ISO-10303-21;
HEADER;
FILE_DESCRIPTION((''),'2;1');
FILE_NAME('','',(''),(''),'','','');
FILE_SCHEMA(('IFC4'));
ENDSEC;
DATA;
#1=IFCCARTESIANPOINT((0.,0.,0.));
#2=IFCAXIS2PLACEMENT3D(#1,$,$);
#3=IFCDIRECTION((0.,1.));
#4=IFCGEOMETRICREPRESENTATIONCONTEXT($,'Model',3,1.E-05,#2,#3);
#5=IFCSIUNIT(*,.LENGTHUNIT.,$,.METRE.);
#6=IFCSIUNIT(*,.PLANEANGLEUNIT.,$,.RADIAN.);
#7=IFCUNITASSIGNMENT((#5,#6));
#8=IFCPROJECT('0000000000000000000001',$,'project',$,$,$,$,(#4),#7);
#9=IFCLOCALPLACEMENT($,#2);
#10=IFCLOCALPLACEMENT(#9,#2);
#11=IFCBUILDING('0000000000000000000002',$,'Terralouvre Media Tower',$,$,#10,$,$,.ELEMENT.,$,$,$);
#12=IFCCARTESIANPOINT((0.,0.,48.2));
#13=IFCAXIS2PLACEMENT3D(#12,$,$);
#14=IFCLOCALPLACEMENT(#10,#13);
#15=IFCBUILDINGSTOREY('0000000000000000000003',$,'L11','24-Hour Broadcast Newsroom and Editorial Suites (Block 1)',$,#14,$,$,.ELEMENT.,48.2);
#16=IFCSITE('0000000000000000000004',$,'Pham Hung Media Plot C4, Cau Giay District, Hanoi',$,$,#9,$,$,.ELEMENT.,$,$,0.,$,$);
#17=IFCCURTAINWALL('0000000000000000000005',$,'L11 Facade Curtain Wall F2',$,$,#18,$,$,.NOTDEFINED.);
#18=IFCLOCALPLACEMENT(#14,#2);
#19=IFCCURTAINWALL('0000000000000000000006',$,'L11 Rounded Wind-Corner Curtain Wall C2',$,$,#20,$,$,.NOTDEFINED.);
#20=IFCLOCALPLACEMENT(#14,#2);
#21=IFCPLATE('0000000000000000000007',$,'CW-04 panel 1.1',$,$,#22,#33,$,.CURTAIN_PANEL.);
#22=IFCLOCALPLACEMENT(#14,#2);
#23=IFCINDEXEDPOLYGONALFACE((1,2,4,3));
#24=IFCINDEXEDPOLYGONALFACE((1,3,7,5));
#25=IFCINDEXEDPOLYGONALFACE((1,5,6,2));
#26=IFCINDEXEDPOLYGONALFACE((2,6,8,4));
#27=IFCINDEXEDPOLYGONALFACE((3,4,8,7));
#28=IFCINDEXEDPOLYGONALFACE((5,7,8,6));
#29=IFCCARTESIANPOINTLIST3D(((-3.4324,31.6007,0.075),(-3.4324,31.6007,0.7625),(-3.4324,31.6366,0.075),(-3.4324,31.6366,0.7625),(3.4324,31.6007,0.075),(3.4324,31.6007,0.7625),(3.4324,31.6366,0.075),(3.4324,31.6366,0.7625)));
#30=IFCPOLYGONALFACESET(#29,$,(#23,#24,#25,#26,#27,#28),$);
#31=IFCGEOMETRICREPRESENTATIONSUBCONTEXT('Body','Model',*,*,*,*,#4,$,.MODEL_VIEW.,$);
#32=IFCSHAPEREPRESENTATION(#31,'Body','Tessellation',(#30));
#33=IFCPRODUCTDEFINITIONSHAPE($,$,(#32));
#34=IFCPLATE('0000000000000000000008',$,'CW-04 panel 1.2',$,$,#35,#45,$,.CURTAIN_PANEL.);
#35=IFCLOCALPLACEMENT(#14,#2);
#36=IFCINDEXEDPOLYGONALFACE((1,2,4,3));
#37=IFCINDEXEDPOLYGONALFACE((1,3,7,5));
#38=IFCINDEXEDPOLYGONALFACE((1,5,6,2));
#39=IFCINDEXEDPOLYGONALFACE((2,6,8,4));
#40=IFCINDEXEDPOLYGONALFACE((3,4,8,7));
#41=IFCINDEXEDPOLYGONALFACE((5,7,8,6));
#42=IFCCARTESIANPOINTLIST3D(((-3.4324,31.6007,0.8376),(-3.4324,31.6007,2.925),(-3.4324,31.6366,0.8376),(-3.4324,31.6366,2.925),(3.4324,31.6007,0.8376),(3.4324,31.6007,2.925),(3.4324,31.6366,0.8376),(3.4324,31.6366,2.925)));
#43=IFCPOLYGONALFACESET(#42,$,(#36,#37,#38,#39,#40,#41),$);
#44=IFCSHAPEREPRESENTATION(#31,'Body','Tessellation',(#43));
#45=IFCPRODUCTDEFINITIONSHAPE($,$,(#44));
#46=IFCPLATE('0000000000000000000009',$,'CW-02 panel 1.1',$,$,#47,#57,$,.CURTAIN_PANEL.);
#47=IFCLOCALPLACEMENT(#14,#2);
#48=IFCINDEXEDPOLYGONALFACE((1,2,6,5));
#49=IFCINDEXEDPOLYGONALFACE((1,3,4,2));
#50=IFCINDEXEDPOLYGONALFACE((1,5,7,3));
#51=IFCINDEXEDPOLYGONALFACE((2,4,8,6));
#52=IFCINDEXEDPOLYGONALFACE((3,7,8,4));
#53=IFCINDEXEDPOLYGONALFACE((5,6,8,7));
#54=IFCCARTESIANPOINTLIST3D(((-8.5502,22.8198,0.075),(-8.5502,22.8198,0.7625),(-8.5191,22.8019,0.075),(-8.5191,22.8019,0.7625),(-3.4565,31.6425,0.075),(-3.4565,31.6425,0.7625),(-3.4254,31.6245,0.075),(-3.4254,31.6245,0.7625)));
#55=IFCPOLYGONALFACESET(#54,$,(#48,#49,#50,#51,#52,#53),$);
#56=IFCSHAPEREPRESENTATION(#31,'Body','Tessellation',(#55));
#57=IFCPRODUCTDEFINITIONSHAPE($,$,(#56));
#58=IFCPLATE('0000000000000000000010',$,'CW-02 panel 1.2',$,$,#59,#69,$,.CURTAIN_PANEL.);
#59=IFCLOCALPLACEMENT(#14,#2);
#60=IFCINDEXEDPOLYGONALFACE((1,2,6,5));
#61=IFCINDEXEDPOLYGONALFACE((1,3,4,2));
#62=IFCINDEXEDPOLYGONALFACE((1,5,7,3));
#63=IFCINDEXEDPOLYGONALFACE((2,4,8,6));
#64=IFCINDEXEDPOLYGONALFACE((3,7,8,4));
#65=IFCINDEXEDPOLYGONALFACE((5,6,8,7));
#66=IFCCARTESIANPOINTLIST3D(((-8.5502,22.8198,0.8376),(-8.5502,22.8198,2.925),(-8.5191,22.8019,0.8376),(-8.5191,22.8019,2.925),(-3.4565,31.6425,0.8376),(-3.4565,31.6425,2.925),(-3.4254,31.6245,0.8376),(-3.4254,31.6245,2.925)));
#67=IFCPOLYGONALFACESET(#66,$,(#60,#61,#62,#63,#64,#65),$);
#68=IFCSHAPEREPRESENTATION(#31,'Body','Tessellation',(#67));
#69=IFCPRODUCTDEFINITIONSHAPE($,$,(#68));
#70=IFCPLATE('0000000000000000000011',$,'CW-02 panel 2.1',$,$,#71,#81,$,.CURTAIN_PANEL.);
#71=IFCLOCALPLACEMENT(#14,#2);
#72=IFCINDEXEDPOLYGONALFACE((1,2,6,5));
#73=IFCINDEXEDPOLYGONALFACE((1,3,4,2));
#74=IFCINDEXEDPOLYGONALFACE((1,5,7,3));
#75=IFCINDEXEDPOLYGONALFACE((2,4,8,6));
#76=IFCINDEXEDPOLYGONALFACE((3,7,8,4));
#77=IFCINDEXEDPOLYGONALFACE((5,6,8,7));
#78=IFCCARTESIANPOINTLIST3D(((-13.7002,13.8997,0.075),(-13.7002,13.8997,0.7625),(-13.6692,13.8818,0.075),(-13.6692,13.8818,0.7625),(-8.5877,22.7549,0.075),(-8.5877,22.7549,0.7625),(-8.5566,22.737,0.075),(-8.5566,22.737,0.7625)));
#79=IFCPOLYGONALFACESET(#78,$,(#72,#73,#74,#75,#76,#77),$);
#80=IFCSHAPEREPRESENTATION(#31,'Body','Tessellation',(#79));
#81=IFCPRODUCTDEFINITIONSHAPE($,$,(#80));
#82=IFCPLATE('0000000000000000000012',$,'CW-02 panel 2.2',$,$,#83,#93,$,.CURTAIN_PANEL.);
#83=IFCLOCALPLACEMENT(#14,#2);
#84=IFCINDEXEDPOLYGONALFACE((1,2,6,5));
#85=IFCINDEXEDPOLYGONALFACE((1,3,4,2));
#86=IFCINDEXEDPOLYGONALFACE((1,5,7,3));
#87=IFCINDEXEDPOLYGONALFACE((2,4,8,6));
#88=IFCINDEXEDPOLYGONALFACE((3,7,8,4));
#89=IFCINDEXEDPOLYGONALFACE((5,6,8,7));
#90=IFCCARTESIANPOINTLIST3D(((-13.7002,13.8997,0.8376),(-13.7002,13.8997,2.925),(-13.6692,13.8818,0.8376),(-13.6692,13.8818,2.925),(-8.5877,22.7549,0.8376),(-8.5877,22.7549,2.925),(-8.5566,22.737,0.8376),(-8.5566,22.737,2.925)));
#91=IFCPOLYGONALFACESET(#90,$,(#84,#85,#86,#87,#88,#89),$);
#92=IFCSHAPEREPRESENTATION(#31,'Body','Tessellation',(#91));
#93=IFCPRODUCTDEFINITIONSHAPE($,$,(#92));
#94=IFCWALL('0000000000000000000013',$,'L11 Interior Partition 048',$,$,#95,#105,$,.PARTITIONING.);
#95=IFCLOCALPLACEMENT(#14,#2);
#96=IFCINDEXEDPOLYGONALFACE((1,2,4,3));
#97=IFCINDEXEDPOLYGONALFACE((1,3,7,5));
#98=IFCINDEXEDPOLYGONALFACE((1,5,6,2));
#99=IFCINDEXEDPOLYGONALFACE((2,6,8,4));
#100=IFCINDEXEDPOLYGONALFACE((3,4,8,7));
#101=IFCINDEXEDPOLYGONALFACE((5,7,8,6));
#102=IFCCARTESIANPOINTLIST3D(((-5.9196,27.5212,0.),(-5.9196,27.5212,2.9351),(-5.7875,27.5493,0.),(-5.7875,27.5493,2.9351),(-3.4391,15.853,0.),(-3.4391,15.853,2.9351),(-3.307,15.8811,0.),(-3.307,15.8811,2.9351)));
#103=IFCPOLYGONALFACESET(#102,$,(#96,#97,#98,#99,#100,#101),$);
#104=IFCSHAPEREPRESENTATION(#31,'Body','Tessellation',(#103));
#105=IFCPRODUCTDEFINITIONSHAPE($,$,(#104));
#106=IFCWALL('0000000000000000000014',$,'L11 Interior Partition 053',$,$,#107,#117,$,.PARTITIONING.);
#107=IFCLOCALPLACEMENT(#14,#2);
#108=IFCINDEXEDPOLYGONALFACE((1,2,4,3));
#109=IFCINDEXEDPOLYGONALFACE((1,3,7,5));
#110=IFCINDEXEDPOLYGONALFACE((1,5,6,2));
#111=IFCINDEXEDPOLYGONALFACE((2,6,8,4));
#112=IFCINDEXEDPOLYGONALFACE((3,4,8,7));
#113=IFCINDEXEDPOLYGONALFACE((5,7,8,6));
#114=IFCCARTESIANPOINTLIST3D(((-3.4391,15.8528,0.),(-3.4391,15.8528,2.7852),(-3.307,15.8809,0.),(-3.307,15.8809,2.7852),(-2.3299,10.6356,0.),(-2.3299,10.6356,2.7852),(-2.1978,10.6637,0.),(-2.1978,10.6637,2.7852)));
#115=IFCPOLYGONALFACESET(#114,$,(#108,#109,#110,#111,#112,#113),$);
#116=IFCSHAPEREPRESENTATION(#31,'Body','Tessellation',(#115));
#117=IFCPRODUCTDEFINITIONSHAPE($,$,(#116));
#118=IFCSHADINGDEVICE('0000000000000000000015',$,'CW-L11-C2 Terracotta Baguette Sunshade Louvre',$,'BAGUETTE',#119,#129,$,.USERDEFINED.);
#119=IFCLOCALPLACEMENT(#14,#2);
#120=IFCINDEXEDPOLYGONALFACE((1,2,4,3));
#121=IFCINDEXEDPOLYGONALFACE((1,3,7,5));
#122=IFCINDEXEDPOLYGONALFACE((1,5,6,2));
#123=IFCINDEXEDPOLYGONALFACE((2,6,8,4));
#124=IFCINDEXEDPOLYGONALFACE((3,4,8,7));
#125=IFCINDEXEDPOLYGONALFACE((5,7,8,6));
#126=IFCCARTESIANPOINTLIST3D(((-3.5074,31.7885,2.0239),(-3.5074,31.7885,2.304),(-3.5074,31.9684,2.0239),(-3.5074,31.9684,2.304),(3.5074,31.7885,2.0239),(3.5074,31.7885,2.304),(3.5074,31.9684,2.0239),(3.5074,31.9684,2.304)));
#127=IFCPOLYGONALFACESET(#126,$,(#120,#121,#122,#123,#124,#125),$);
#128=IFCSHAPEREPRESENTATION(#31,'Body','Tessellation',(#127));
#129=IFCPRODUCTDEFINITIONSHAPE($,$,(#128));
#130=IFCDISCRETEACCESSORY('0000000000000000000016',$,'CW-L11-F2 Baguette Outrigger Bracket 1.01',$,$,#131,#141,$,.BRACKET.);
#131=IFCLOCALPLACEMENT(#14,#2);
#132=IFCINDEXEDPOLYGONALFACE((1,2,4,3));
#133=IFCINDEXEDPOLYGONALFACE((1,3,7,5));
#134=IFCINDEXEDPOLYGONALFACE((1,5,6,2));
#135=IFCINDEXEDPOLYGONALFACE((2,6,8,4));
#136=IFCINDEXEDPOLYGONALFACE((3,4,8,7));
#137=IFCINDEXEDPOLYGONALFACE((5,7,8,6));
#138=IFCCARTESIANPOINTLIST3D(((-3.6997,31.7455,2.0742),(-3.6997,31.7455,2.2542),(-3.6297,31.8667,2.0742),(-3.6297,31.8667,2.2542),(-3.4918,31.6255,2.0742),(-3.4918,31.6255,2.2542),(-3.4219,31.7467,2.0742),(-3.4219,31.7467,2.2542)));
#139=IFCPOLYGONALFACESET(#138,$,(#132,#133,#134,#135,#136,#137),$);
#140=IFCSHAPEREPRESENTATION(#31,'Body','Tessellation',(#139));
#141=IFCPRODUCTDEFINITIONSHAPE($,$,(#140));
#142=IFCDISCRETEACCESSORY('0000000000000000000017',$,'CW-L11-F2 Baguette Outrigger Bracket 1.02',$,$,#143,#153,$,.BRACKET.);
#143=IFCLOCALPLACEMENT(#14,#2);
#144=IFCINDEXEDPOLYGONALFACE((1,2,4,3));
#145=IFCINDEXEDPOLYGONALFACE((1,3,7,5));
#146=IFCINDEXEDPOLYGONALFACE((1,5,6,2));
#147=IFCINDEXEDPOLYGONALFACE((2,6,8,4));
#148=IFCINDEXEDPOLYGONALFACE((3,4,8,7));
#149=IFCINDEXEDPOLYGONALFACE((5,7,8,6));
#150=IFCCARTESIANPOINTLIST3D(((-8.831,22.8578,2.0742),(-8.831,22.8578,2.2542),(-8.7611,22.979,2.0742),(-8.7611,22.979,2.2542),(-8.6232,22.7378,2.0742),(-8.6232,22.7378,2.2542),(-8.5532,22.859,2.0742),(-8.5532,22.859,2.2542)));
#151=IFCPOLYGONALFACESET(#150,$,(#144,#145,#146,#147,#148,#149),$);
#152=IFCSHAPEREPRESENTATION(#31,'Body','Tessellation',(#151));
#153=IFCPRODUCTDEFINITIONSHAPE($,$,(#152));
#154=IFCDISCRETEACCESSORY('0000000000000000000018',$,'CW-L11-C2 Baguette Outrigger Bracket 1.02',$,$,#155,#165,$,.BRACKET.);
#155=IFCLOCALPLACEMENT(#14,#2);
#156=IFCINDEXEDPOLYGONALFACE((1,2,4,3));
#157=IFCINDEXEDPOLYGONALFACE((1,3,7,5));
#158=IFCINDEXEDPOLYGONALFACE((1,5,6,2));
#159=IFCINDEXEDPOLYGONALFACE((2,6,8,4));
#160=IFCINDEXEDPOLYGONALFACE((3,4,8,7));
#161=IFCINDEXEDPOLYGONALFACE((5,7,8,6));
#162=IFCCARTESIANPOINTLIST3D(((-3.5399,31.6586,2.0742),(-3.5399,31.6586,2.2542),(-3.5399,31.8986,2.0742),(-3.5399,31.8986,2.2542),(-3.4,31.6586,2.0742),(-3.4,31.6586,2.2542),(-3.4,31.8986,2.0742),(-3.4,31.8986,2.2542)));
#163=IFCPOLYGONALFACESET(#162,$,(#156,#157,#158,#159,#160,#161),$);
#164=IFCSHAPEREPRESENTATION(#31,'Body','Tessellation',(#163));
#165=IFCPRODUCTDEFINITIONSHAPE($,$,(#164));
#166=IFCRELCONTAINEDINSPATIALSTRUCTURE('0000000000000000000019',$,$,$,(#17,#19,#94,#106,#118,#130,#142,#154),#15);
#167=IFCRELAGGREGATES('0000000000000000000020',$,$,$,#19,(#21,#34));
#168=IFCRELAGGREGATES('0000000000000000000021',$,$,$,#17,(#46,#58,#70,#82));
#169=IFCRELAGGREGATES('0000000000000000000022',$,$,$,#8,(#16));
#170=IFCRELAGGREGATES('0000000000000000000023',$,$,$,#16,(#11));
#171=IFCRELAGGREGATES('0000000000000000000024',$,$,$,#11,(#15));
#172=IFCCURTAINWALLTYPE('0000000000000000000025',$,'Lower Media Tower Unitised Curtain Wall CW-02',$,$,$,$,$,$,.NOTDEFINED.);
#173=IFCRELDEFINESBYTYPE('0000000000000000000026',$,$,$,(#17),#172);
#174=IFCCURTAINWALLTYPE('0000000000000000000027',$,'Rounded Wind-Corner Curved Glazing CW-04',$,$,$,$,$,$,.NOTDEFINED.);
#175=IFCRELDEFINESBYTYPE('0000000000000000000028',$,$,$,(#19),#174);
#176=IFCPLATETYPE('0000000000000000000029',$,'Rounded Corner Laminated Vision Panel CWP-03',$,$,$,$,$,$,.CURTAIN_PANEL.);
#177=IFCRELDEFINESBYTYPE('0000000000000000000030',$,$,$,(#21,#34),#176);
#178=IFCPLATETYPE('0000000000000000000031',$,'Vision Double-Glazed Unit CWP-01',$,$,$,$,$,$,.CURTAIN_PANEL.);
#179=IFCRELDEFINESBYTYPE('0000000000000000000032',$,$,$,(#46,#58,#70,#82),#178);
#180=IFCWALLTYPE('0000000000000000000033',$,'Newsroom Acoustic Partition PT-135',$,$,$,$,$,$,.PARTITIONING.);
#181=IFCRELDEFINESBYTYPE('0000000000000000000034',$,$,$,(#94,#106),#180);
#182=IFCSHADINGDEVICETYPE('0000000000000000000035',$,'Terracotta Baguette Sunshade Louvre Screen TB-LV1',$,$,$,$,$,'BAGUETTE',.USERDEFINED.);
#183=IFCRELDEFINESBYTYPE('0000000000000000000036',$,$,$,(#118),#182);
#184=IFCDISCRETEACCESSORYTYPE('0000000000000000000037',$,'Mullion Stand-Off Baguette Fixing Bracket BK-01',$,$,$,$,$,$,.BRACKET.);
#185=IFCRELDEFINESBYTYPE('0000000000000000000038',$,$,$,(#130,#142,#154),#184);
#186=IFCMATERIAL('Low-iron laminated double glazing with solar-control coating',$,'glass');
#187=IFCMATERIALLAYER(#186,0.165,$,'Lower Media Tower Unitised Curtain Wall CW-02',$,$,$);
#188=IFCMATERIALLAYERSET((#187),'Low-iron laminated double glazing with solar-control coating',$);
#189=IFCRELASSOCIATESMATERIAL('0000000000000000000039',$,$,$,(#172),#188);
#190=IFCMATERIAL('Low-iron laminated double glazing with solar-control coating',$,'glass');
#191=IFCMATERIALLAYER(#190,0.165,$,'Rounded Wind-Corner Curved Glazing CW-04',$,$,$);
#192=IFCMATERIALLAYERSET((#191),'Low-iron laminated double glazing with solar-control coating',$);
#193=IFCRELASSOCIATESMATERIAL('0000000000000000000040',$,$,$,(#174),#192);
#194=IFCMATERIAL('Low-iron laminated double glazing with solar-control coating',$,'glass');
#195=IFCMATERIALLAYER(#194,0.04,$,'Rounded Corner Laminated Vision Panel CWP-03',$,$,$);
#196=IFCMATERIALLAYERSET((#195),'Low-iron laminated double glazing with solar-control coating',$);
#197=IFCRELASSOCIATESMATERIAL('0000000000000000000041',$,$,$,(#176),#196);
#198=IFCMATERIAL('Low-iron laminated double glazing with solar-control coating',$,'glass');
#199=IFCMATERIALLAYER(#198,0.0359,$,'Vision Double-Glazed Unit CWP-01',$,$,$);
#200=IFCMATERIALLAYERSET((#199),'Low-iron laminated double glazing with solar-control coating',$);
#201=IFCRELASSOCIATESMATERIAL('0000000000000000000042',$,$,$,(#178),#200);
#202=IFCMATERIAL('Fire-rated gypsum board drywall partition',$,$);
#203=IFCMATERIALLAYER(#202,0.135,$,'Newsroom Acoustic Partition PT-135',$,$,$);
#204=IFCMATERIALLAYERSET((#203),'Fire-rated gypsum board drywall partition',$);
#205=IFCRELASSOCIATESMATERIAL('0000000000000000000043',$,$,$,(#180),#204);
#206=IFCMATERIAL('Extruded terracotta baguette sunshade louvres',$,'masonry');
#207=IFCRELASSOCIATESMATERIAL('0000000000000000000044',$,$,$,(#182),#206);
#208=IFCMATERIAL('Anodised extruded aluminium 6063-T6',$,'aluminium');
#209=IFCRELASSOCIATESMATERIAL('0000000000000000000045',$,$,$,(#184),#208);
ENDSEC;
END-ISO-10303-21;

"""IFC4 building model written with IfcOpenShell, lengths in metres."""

from ifc_helpers import new_model, si_unit, direction, frame, frame_2d, origin, origin_2d, place, context, subcontext, project, spatial, rectangle, extrude, material, layer, layer_set, type_object, element, aggregate, save


model = new_model("IFC4")

# Units and contexts
model_context = context("Model", 3, precision=1e-05, world=origin(), true_north=direction((0.0, 1.0)))
body_context = subcontext(model_context, "Body", "Model", "MODEL_VIEW")
ifc_project = project(units=[si_unit("LENGTHUNIT", "METRE"), si_unit("PLANEANGLEUNIT", "RADIAN")], contexts=[model_context])

# Site, building, storey
site_placement = place(None, origin())
site = spatial("IfcSite", under=ifc_project, at=site_placement, Name="Pham Hung Media Plot C4, Cau Giay District, Hanoi", CompositionType="ELEMENT", RefElevation=0.0)
building_placement = place(site_placement, origin())
building = spatial("IfcBuilding", under=site, at=building_placement, Name="Terralouvre Media Tower", CompositionType="ELEMENT")
storey_placement = place(building_placement, frame((0.0, 0.0, 48.2)))
storey = spatial("IfcBuildingStorey", under=building, at=storey_placement, Name="L11", Description="24-Hour Broadcast Newsroom and Editorial Suites (Block 1)", CompositionType="ELEMENT", Elevation=48.2)

# Curtain wall
ifc_material_1 = material(Name="Low-iron laminated double glazing with solar-control coating", Category="glass")
ifc_layer_1 = layer(ifc_material_1, 0.165, Name="Lower Media Tower Unitised Curtain Wall CW-02")
ifc_layer_set_1 = layer_set([ifc_layer_1], Name="Low-iron laminated double glazing with solar-control coating")
curtain_wall_type_1 = type_object("IfcCurtainWallType", Name="Lower Media Tower Unitised Curtain Wall CW-02", PredefinedType="NOTDEFINED", material=ifc_layer_set_1)
curtain_wall_1_placement = place(storey_placement, origin())
curtain_wall_1 = element("IfcCurtainWall", 1, at=curtain_wall_1_placement, inside=storey, type_object=curtain_wall_type_1, Name="L11 Facade Curtain Wall F2", PredefinedType="NOTDEFINED")

# Curtain wall
ifc_material_2 = material(Name="Low-iron laminated double glazing with solar-control coating", Category="glass")
ifc_layer_2 = layer(ifc_material_2, 0.165, Name="Rounded Wind-Corner Curved Glazing CW-04")
ifc_layer_set_2 = layer_set([ifc_layer_2], Name="Low-iron laminated double glazing with solar-control coating")
curtain_wall_type_2 = type_object("IfcCurtainWallType", Name="Rounded Wind-Corner Curved Glazing CW-04", PredefinedType="NOTDEFINED", material=ifc_layer_set_2)
curtain_wall_2_placement = place(storey_placement, origin())
curtain_wall_2 = element("IfcCurtainWall", 2, at=curtain_wall_2_placement, inside=storey, type_object=curtain_wall_type_2, Name="L11 Rounded Wind-Corner Curtain Wall C2", PredefinedType="NOTDEFINED")

# Plates
ifc_material_3 = material(Name="Low-iron laminated double glazing with solar-control coating", Category="glass")
ifc_layer_3 = layer(ifc_material_3, 0.04, Name="Rounded Corner Laminated Vision Panel CWP-03")
ifc_layer_set_3 = layer_set([ifc_layer_3], Name="Low-iron laminated double glazing with solar-control coating")
plate_type_1 = type_object("IfcPlateType", Name="Rounded Corner Laminated Vision Panel CWP-03", PredefinedType="CURTAIN_PANEL", material=ifc_layer_set_3)
plate_1_placement = place(storey_placement, frame((0.0, 31.6187, 0.075), z_axis=(0.0, 0.0, 1.0), x_axis=(-1.0, 0.0, 0.0)))
plate_1 = element("IfcPlate", 3, at=plate_1_placement, type_object=plate_type_1, Name="CW-04 panel 1.1", PredefinedType="CURTAIN_PANEL", context=body_context, shape_type="SweptSolid", body=[
    extrude(rectangle(XDim=6.8647, YDim=0.0359, at=origin_2d()), origin(), (0.0, 0.0, 1.0), 0.6875),
])
plate_2_placement = place(storey_placement, frame((0.0, 31.6187, 0.8376), z_axis=(0.0, 0.0, 1.0), x_axis=(-1.0, 0.0, 0.0)))
plate_2 = element("IfcPlate", 4, at=plate_2_placement, type_object=plate_type_1, Name="CW-04 panel 1.2", PredefinedType="CURTAIN_PANEL", context=body_context, shape_type="SweptSolid", body=[
    extrude(rectangle(XDim=6.8647, YDim=0.0359, at=origin_2d()), origin(), (0.0, 0.0, 1.0), 2.0874),
])
aggregate(curtain_wall_2, [plate_1, plate_2])
ifc_material_4 = material(Name="Low-iron laminated double glazing with solar-control coating", Category="glass")
ifc_layer_4 = layer(ifc_material_4, 0.0359, Name="Vision Double-Glazed Unit CWP-01")
ifc_layer_set_4 = layer_set([ifc_layer_4], Name="Low-iron laminated double glazing with solar-control coating")
plate_type_2 = type_object("IfcPlateType", Name="Vision Double-Glazed Unit CWP-01", PredefinedType="CURTAIN_PANEL", material=ifc_layer_set_4)
plate_3_placement = place(storey_placement, frame((-5.9878, 27.2222, 0.075), z_axis=(0.0, 0.0, 1.0), x_axis=(-0.5, -0.866025, 0.0)))
plate_3 = element("IfcPlate", 5, at=plate_3_placement, type_object=plate_type_2, Name="CW-02 panel 1.1", PredefinedType="CURTAIN_PANEL", context=body_context, shape_type="SweptSolid", body=[
    extrude(rectangle(XDim=10.1875, YDim=0.0359, at=origin_2d()), origin(), (0.0, 0.0, 1.0), 0.6875),
])
plate_4_placement = place(storey_placement, frame((-5.9878, 27.2222, 0.8376), z_axis=(0.0, 0.0, 1.0), x_axis=(-0.5, -0.866025, 0.0)))
plate_4 = element("IfcPlate", 6, at=plate_4_placement, type_object=plate_type_2, Name="CW-02 panel 1.2", PredefinedType="CURTAIN_PANEL", context=body_context, shape_type="SweptSolid", body=[
    extrude(rectangle(XDim=10.1875, YDim=0.0359, at=origin_2d()), origin(), (0.0, 0.0, 1.0), 2.0874),
])
plate_5_placement = place(storey_placement, frame((-11.1284, 18.3184, 0.075), z_axis=(0.0, 0.0, 1.0), x_axis=(-0.5, -0.866025, 0.0)))
plate_5 = element("IfcPlate", 7, at=plate_5_placement, type_object=plate_type_2, Name="CW-02 panel 2.1", PredefinedType="CURTAIN_PANEL", context=body_context, shape_type="SweptSolid", body=[
    extrude(rectangle(XDim=10.2251, YDim=0.0359, at=origin_2d()), origin(), (0.0, 0.0, 1.0), 0.6875),
])
plate_6_placement = place(storey_placement, frame((-11.1284, 18.3184, 0.8376), z_axis=(0.0, 0.0, 1.0), x_axis=(-0.5, -0.866025, 0.0)))
plate_6 = element("IfcPlate", 8, at=plate_6_placement, type_object=plate_type_2, Name="CW-02 panel 2.2", PredefinedType="CURTAIN_PANEL", context=body_context, shape_type="SweptSolid", body=[
    extrude(rectangle(XDim=10.2251, YDim=0.0359, at=origin_2d()), origin(), (0.0, 0.0, 1.0), 2.0874),
])
aggregate(curtain_wall_1, [plate_3, plate_4, plate_5, plate_6])

# Walls
ifc_material_5 = material(Name="Fire-rated gypsum board drywall partition")
ifc_layer_5 = layer(ifc_material_5, 0.135, Name="Newsroom Acoustic Partition PT-135")
ifc_layer_set_5 = layer_set([ifc_layer_5], Name="Fire-rated gypsum board drywall partition")
wall_type = type_object("IfcWallType", Name="Newsroom Acoustic Partition PT-135", PredefinedType="PARTITIONING", material=ifc_layer_set_5)
wall_1_placement = place(storey_placement, frame((-5.8535, 27.5352, 0.0), z_axis=(0.0, 0.0, 1.0), x_axis=(0.207937, -0.978142, 0.0)))
element("IfcWall", 9, at=wall_1_placement, inside=storey, type_object=wall_type, Name="L11 Interior Partition 048", PredefinedType="PARTITIONING", context=body_context, shape_type="SweptSolid", body=[
    extrude(rectangle(XDim=11.929, YDim=0.135, at=frame_2d((5.9644, 0.0))), origin(), (0.0, 0.0, 1.0), 2.9351),
])
wall_2_placement = place(storey_placement, frame((-3.373, 15.8669, 0.0), z_axis=(0.0, 0.0, 1.0), x_axis=(0.20795, -0.978139, 0.0)))
element("IfcWall", 10, at=wall_2_placement, inside=storey, type_object=wall_type, Name="L11 Interior Partition 053", PredefinedType="PARTITIONING", context=body_context, shape_type="SweptSolid", body=[
    extrude(rectangle(XDim=5.3337, YDim=0.135, at=frame_2d((2.667, 0.0))), origin(), (0.0, 0.0, 1.0), 2.7852),
])

# Shading device
ifc_material_6 = material(Name="Extruded terracotta baguette sunshade louvres", Category="masonry")
shading_device_type = type_object("IfcShadingDeviceType", Name="Terracotta Baguette Sunshade Louvre Screen TB-LV1", ElementType="BAGUETTE", PredefinedType="USERDEFINED", material=ifc_material_6)
shading_device_placement = place(storey_placement, frame((0.0, 31.8784, 2.0239), z_axis=(0.0, 0.0, 1.0), x_axis=(-1.0, 0.0, 0.0)))
element("IfcShadingDevice", 11, at=shading_device_placement, inside=storey, type_object=shading_device_type, Name="CW-L11-C2 Terracotta Baguette Sunshade Louvre", ObjectType="BAGUETTE", PredefinedType="USERDEFINED", context=body_context, shape_type="SweptSolid", body=[
    extrude(rectangle(XDim=7.0149, YDim=0.1799, at=origin_2d()), origin(), (0.0, 0.0, 1.0), 0.28),
])

# Discrete accessories
ifc_material_7 = material(Name="Anodised extruded aluminium 6063-T6", Category="aluminium")
discrete_accessory_type = type_object("IfcDiscreteAccessoryType", Name="Mullion Stand-Off Baguette Fixing Bracket BK-01", PredefinedType="BRACKET", material=ifc_material_7)
for number, where, z_axis, x_axis, name in (
    (12, (-3.5608, 31.7461, 2.0742), (0.0, 0.0, 1.0), (-0.5, -0.866025, 0.0), "CW-L11-F2 Baguette Outrigger Bracket 1.01"),
    (13, (-8.6921, 22.8584, 2.0742), (0.0, 0.0, 1.0), (-0.5, -0.866025, 0.0), "CW-L11-F2 Baguette Outrigger Bracket 1.02"),
    (14, (-3.47, 31.7786, 2.0742), (0.0, 0.0, 1.0), (-1.0, 0.0, 0.0), "CW-L11-C2 Baguette Outrigger Bracket 1.02"),
):
    element("IfcDiscreteAccessory", number, at=place(storey_placement, frame(where, z_axis=z_axis, x_axis=x_axis)), inside=storey, type_object=discrete_accessory_type, Name=name, PredefinedType="BRACKET", context=body_context, shape_type="SweptSolid", body=[
        extrude(rectangle(XDim=0.1399, YDim=0.24, at=origin_2d()), origin(), (0.0, 0.0, 1.0), 0.1799),
    ])

save(model, "model.ifc")
